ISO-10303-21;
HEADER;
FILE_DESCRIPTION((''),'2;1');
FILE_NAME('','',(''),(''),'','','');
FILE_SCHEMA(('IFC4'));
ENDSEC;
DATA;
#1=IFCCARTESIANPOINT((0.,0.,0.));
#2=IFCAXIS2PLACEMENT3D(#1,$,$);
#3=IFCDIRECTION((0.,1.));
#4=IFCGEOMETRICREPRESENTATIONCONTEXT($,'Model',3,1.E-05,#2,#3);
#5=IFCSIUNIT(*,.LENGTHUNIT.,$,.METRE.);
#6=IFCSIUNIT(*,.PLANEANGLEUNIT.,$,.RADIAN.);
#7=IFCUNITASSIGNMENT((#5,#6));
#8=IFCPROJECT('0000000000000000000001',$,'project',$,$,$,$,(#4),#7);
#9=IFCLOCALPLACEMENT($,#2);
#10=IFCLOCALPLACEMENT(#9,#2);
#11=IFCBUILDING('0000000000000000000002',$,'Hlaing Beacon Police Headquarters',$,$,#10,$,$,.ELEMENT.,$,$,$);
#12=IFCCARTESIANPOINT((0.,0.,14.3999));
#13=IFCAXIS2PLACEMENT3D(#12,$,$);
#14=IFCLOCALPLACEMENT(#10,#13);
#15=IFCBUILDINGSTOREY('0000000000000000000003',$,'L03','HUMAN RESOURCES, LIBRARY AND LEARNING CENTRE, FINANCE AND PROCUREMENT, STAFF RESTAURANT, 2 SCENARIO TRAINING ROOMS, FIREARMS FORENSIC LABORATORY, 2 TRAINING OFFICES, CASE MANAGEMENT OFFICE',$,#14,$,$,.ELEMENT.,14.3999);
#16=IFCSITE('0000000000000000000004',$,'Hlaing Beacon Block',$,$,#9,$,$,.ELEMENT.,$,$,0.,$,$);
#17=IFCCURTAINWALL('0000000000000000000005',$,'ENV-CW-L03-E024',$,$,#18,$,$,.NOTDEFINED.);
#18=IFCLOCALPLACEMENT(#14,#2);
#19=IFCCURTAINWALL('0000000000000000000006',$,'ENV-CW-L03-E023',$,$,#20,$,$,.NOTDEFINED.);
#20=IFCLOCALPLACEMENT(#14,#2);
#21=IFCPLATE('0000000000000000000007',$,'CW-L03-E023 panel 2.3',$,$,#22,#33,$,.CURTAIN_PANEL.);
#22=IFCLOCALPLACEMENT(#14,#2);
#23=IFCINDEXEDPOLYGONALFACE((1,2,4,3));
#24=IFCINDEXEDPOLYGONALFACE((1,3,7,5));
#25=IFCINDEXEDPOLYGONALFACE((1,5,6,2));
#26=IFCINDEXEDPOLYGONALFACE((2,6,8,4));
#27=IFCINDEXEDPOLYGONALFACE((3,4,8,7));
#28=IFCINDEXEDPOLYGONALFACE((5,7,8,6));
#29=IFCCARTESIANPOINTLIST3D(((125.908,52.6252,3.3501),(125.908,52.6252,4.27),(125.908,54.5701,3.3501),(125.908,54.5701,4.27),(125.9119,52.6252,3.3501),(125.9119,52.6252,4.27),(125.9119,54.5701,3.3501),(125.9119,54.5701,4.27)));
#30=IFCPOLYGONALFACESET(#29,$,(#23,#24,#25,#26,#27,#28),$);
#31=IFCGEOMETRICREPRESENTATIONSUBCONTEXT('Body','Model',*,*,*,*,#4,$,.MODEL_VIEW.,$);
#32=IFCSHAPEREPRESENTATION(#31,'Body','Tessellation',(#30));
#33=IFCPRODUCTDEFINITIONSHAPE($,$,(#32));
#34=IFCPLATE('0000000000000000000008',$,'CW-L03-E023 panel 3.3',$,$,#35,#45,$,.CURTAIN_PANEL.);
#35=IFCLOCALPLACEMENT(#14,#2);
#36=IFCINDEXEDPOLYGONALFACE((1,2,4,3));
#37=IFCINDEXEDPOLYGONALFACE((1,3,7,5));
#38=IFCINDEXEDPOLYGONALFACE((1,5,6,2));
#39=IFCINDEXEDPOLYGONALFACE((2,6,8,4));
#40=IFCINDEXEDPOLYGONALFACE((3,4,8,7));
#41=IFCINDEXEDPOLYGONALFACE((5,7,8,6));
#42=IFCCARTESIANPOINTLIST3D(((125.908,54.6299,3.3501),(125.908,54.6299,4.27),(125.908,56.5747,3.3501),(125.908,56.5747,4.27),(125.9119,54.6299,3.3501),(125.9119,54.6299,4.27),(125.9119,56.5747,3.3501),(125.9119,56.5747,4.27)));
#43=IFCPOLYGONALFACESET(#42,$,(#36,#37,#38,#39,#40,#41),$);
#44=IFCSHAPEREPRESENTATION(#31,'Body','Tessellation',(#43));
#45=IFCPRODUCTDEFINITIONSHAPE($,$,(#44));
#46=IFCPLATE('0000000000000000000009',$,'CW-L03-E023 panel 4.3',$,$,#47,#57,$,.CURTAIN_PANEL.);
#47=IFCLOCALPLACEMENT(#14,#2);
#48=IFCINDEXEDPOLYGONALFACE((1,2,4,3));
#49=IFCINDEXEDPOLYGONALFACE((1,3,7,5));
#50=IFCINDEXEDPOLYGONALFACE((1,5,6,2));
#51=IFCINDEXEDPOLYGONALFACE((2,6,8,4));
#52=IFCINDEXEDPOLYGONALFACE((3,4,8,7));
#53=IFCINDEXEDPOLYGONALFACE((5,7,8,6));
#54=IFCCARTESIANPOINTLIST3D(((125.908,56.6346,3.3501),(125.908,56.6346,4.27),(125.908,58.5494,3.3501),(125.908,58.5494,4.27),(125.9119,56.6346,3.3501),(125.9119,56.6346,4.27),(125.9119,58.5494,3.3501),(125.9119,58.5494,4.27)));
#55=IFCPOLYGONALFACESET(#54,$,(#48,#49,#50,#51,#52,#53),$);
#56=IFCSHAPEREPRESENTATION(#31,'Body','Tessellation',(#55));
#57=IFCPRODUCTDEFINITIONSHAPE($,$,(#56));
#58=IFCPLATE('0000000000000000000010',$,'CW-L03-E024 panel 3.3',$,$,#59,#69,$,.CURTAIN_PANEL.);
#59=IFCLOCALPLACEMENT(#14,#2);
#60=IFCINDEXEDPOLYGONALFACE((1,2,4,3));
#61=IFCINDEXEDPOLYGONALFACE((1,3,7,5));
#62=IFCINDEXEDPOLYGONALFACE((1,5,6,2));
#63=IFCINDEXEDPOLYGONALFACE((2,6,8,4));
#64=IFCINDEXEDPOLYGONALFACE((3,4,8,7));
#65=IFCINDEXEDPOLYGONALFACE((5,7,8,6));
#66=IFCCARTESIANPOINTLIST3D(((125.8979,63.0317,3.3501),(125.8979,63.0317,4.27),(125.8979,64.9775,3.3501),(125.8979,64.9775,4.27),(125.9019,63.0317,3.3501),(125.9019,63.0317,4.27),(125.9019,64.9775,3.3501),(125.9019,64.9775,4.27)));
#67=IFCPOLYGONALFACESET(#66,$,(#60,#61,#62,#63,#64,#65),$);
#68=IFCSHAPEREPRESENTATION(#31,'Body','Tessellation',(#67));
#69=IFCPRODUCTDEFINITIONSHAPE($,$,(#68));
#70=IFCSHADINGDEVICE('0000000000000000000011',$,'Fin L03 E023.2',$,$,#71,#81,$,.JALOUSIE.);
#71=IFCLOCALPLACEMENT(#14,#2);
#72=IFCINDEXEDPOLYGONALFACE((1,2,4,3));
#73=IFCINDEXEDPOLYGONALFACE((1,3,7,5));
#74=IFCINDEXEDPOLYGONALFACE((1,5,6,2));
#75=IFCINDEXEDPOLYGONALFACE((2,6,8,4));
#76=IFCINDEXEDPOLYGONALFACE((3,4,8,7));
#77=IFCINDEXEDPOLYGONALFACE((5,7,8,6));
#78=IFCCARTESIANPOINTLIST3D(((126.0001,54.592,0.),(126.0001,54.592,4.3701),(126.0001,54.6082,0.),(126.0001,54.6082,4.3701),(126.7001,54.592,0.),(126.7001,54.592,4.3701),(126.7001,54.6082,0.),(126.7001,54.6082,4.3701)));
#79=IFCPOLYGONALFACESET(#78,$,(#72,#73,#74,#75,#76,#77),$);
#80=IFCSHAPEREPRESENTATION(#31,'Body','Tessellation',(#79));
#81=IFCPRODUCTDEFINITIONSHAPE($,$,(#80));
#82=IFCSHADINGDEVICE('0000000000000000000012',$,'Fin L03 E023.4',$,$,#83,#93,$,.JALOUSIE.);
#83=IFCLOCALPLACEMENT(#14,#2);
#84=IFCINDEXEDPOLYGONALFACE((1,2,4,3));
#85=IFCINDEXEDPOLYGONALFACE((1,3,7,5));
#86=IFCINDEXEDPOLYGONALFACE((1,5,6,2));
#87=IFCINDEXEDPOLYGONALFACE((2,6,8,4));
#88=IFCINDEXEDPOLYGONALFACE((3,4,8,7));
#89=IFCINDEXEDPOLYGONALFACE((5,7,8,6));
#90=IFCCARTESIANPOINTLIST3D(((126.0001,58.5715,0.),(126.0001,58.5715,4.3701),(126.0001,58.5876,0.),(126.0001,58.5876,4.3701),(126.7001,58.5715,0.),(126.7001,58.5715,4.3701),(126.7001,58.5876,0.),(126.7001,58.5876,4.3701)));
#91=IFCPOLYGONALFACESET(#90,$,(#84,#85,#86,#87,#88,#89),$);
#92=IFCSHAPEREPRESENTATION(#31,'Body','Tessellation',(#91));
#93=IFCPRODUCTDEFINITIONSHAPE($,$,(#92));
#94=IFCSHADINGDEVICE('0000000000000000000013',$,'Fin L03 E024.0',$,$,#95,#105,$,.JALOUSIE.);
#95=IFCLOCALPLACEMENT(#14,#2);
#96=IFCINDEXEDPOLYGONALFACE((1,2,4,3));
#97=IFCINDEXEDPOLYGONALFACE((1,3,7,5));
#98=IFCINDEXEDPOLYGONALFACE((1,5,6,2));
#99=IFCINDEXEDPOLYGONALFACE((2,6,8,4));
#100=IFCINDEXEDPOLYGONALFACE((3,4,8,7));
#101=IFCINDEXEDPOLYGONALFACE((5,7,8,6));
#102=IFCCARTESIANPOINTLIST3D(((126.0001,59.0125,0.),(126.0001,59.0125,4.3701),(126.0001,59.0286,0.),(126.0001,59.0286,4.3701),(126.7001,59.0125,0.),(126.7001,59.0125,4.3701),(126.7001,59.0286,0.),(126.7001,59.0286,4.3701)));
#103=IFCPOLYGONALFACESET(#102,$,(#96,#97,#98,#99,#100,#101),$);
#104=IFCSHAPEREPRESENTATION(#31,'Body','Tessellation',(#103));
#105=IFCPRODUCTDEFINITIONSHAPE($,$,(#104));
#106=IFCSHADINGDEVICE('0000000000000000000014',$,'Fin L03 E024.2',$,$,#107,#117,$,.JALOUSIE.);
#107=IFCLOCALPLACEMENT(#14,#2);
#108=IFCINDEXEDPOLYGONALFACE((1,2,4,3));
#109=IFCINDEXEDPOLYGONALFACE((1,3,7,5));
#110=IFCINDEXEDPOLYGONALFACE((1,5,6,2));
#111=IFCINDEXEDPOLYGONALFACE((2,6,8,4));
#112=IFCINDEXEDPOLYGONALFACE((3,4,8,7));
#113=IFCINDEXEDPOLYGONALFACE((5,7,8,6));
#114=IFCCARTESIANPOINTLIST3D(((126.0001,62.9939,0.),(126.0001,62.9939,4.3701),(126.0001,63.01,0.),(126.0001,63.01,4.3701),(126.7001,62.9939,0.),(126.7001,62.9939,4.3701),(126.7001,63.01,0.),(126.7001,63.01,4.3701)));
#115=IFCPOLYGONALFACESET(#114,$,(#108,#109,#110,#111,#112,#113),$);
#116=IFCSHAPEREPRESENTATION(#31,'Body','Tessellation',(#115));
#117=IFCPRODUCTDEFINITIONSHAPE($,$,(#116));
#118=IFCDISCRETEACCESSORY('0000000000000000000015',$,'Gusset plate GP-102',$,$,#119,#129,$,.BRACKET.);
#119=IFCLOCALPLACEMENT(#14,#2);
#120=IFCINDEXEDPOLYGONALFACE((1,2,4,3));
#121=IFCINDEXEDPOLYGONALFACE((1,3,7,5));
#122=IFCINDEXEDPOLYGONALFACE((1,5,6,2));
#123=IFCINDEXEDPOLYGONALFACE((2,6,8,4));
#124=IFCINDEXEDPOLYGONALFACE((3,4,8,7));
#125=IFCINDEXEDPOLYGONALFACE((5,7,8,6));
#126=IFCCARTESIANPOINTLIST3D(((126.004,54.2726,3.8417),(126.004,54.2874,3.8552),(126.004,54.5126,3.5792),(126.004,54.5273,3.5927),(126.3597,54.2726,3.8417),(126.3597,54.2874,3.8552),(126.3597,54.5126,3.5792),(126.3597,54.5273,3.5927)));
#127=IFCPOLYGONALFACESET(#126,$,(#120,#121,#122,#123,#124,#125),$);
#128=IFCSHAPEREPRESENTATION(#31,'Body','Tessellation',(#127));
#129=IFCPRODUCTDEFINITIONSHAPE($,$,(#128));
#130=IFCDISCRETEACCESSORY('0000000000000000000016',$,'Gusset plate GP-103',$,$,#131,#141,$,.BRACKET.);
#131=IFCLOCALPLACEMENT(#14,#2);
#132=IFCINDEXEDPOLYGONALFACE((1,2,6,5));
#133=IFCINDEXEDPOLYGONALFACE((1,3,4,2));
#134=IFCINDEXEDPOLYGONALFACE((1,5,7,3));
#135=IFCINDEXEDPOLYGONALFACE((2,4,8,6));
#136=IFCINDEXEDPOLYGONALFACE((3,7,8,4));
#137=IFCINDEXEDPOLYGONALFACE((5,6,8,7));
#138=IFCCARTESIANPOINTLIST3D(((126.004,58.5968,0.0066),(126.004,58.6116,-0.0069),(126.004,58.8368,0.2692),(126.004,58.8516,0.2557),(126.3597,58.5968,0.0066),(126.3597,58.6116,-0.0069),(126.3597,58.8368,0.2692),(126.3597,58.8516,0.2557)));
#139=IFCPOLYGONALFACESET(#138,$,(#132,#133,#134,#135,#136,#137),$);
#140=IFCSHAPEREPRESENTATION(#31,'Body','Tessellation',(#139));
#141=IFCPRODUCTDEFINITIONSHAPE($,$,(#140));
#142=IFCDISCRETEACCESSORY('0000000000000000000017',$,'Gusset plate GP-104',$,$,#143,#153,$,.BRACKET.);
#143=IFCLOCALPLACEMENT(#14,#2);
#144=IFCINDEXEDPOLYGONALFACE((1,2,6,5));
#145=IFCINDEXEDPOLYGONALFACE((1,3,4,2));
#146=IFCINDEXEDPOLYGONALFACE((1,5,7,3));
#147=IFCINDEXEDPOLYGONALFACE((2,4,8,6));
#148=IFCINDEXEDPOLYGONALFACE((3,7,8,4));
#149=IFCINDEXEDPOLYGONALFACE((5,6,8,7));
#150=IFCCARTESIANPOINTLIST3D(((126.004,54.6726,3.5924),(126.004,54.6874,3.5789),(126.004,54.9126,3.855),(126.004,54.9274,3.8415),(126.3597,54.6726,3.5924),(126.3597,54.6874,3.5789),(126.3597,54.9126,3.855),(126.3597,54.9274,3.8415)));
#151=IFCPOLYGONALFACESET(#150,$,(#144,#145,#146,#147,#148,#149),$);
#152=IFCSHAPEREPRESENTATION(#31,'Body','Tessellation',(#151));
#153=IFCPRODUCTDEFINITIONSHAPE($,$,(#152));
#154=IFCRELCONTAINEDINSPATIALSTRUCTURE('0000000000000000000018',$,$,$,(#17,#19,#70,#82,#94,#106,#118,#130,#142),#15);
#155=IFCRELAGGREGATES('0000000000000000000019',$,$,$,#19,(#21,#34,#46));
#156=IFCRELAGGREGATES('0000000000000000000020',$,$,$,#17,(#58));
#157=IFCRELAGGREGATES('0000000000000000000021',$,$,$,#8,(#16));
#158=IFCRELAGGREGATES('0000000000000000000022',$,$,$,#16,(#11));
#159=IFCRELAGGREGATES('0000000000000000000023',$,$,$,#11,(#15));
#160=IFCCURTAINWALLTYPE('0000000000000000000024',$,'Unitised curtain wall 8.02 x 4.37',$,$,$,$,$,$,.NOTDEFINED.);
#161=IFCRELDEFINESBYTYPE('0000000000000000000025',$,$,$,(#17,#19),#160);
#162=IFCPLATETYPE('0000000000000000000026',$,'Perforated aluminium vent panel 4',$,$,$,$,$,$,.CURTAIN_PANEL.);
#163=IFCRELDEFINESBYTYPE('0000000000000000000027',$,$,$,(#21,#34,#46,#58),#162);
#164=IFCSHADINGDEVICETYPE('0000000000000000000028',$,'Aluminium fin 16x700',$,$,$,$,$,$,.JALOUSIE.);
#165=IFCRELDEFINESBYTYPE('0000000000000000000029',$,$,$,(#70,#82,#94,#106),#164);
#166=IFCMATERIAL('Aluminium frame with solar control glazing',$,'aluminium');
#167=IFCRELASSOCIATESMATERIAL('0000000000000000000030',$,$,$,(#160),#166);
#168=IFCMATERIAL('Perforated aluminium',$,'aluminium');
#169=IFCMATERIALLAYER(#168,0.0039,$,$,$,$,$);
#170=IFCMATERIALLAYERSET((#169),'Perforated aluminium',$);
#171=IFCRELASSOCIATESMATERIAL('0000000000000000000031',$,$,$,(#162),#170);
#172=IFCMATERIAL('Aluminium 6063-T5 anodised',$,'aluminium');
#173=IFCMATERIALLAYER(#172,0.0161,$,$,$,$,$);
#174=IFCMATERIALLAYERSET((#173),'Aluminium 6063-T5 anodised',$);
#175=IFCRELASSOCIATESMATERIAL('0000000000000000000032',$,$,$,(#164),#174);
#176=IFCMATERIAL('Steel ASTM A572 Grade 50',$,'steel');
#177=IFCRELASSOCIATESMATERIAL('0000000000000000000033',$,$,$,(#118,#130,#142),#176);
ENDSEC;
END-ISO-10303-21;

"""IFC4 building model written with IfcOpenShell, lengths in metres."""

from ifc_helpers import new_model, si_unit, direction, frame, origin, origin_2d, place, context, subcontext, project, spatial, rectangle, extrude, material, layer, layer_set, type_object, element, aggregate, save


model = new_model("IFC4")

# Units and contexts
model_context = context("Model", 3, precision=1e-05, world=origin(), true_north=direction((0.0, 1.0)))
body_context = subcontext(model_context, "Body", "Model", "MODEL_VIEW")
ifc_project = project(units=[si_unit("LENGTHUNIT", "METRE"), si_unit("PLANEANGLEUNIT", "RADIAN")], contexts=[model_context])

# Site, building, storey
site_placement = place(None, origin())
site = spatial("IfcSite", under=ifc_project, at=site_placement, Name="Hlaing Beacon Block", CompositionType="ELEMENT", RefElevation=0.0)
building_placement = place(site_placement, origin())
building = spatial("IfcBuilding", under=site, at=building_placement, Name="Hlaing Beacon Police Headquarters", CompositionType="ELEMENT")
storey_placement = place(building_placement, frame((0.0, 0.0, 14.3999)))
storey = spatial("IfcBuildingStorey", under=building, at=storey_placement, Name="L03", Description="HUMAN RESOURCES, LIBRARY AND LEARNING CENTRE, FINANCE AND PROCUREMENT, STAFF RESTAURANT, 2 SCENARIO TRAINING ROOMS, FIREARMS FORENSIC LABORATORY, 2 TRAINING OFFICES, CASE MANAGEMENT OFFICE", CompositionType="ELEMENT", Elevation=14.3999)

# Curtain wall
ifc_material_1 = material(Name="Aluminium frame with solar control glazing", Category="aluminium")
curtain_wall_type = type_object("IfcCurtainWallType", Name="Unitised curtain wall 8.02 x 4.37", PredefinedType="NOTDEFINED", material=ifc_material_1)
curtain_wall_1_placement = place(storey_placement, origin())
curtain_wall_1 = element("IfcCurtainWall", 1, at=curtain_wall_1_placement, inside=storey, type_object=curtain_wall_type, Name="ENV-CW-L03-E024", PredefinedType="NOTDEFINED")

# Curtain wall
curtain_wall_2_placement = place(storey_placement, origin())
curtain_wall_2 = element("IfcCurtainWall", 2, at=curtain_wall_2_placement, inside=storey, type_object=curtain_wall_type, Name="ENV-CW-L03-E023", PredefinedType="NOTDEFINED")

# Plates
ifc_material_2 = material(Name="Perforated aluminium", Category="aluminium")
ifc_layer_1 = layer(ifc_material_2, 0.0039)
ifc_layer_set_1 = layer_set([ifc_layer_1], Name="Perforated aluminium")
plate_type_1 = type_object("IfcPlateType", Name="Perforated aluminium vent panel 4", PredefinedType="CURTAIN_PANEL", material=ifc_layer_set_1)
plate_1_placement = place(storey_placement, frame((125.9099, 53.5977, 3.3501), z_axis=(0.0, 0.0, 1.0), x_axis=(0.0, 1.0, 0.0)))
plate_1 = element("IfcPlate", 3, at=plate_1_placement, type_object=plate_type_1, Name="CW-L03-E023 panel 2.3", PredefinedType="CURTAIN_PANEL", context=body_context, shape_type="SweptSolid", body=[
    extrude(rectangle(XDim=1.9448, YDim=0.0039, at=origin_2d()), origin(), (0.0, 0.0, 1.0), 0.9199),
])
plate_2_placement = place(storey_placement, frame((125.9099, 55.6023, 3.3501), z_axis=(0.0, 0.0, 1.0), x_axis=(0.0, 1.0, 0.0)))
plate_2 = element("IfcPlate", 4, at=plate_2_placement, type_object=plate_type_1, Name="CW-L03-E023 panel 3.3", PredefinedType="CURTAIN_PANEL", context=body_context, shape_type="SweptSolid", body=[
    extrude(rectangle(XDim=1.9448, YDim=0.0039, at=origin_2d()), origin(), (0.0, 0.0, 1.0), 0.9199),
])
plate_3_placement = place(storey_placement, frame((125.9099, 57.592, 3.3501), z_axis=(0.0, 0.0, 1.0), x_axis=(0.0, 1.0, 0.0)))
plate_3 = element("IfcPlate", 5, at=plate_3_placement, type_object=plate_type_1, Name="CW-L03-E023 panel 4.3", PredefinedType="CURTAIN_PANEL", context=body_context, shape_type="SweptSolid", body=[
    extrude(rectangle(XDim=1.9148, YDim=0.0039, at=origin_2d()), origin(), (0.0, 0.0, 1.0), 0.9199),
])
aggregate(curtain_wall_2, [plate_1, plate_2, plate_3])
plate_4_placement = place(storey_placement, frame((125.8999, 64.0046, 3.3501), z_axis=(0.0, 0.0, 1.0), x_axis=(0.0, 1.0, 0.0)))
plate_4 = element("IfcPlate", 6, at=plate_4_placement, type_object=plate_type_1, Name="CW-L03-E024 panel 3.3", PredefinedType="CURTAIN_PANEL", context=body_context, shape_type="SweptSolid", body=[
    extrude(rectangle(XDim=1.9458, YDim=0.0039, at=origin_2d()), origin(), (0.0, 0.0, 1.0), 0.9199),
])
aggregate(curtain_wall_1, [plate_4])

# Shading devices
ifc_material_3 = material(Name="Aluminium 6063-T5 anodised", Category="aluminium")
ifc_layer_2 = layer(ifc_material_3, 0.0161)
ifc_layer_set_2 = layer_set([ifc_layer_2], Name="Aluminium 6063-T5 anodised")
shading_device_type = type_object("IfcShadingDeviceType", Name="Aluminium fin 16x700", PredefinedType="JALOUSIE", material=ifc_layer_set_2)
for number, where, z_axis, x_axis, name in (
    (7, (126.3501, 54.6001, 0.0), (0.0, 0.0, 1.0), (0.0, 1.0, 0.0), "Fin L03 E023.2"),
    (8, (126.3501, 58.5796, 0.0), (0.0, 0.0, 1.0), (0.0, 1.0, 0.0), "Fin L03 E023.4"),
    (9, (126.3501, 59.0205, 0.0), (0.0, 0.0, 1.0), (0.0, 1.0, 0.0), "Fin L03 E024.0"),
    (10, (126.3501, 63.002, 0.0), (0.0, 0.0, 1.0), (0.0, 1.0, 0.0), "Fin L03 E024.2"),
):
    element("IfcShadingDevice", number, at=place(storey_placement, frame(where, z_axis=z_axis, x_axis=x_axis)), inside=storey, type_object=shading_device_type, Name=name, PredefinedType="JALOUSIE", context=body_context, shape_type="SweptSolid", body=[
        extrude(rectangle(XDim=0.0161, YDim=0.7, at=origin_2d()), origin(), (0.0, 0.0, 1.0), 4.3701),
    ])

# Discrete accessories
ifc_material_4 = material(Name="Steel ASTM A572 Grade 50", Category="steel")
for number, where, z_axis, x_axis, name in (
    (11, (126.1819, 54.3926, 3.7104), (0.0, 0.738175, 0.674609), (-1.0, 0.0, 0.0), "Gusset plate GP-102"),
    (12, (126.1819, 58.7168, 0.1379), (0.0, 0.738196, -0.674586), (-1.0, 0.0, 0.0), "Gusset plate GP-103"),
    (13, (126.1819, 54.8074, 3.7102), (0.0, -0.738196, 0.674586), (1.0, 0.0, 0.0), "Gusset plate GP-104"),
):
    element("IfcDiscreteAccessory", number, at=place(storey_placement, frame(where, z_axis=z_axis, x_axis=x_axis)), inside=storey, material=ifc_material_4, Name=name, PredefinedType="BRACKET", context=body_context, shape_type="SweptSolid", body=[
        extrude(rectangle(XDim=0.3557, YDim=0.3557, at=origin_2d()), origin(), (0.0, 0.0, 1.0), 0.02),
    ])

save(model, "model.ifc")
